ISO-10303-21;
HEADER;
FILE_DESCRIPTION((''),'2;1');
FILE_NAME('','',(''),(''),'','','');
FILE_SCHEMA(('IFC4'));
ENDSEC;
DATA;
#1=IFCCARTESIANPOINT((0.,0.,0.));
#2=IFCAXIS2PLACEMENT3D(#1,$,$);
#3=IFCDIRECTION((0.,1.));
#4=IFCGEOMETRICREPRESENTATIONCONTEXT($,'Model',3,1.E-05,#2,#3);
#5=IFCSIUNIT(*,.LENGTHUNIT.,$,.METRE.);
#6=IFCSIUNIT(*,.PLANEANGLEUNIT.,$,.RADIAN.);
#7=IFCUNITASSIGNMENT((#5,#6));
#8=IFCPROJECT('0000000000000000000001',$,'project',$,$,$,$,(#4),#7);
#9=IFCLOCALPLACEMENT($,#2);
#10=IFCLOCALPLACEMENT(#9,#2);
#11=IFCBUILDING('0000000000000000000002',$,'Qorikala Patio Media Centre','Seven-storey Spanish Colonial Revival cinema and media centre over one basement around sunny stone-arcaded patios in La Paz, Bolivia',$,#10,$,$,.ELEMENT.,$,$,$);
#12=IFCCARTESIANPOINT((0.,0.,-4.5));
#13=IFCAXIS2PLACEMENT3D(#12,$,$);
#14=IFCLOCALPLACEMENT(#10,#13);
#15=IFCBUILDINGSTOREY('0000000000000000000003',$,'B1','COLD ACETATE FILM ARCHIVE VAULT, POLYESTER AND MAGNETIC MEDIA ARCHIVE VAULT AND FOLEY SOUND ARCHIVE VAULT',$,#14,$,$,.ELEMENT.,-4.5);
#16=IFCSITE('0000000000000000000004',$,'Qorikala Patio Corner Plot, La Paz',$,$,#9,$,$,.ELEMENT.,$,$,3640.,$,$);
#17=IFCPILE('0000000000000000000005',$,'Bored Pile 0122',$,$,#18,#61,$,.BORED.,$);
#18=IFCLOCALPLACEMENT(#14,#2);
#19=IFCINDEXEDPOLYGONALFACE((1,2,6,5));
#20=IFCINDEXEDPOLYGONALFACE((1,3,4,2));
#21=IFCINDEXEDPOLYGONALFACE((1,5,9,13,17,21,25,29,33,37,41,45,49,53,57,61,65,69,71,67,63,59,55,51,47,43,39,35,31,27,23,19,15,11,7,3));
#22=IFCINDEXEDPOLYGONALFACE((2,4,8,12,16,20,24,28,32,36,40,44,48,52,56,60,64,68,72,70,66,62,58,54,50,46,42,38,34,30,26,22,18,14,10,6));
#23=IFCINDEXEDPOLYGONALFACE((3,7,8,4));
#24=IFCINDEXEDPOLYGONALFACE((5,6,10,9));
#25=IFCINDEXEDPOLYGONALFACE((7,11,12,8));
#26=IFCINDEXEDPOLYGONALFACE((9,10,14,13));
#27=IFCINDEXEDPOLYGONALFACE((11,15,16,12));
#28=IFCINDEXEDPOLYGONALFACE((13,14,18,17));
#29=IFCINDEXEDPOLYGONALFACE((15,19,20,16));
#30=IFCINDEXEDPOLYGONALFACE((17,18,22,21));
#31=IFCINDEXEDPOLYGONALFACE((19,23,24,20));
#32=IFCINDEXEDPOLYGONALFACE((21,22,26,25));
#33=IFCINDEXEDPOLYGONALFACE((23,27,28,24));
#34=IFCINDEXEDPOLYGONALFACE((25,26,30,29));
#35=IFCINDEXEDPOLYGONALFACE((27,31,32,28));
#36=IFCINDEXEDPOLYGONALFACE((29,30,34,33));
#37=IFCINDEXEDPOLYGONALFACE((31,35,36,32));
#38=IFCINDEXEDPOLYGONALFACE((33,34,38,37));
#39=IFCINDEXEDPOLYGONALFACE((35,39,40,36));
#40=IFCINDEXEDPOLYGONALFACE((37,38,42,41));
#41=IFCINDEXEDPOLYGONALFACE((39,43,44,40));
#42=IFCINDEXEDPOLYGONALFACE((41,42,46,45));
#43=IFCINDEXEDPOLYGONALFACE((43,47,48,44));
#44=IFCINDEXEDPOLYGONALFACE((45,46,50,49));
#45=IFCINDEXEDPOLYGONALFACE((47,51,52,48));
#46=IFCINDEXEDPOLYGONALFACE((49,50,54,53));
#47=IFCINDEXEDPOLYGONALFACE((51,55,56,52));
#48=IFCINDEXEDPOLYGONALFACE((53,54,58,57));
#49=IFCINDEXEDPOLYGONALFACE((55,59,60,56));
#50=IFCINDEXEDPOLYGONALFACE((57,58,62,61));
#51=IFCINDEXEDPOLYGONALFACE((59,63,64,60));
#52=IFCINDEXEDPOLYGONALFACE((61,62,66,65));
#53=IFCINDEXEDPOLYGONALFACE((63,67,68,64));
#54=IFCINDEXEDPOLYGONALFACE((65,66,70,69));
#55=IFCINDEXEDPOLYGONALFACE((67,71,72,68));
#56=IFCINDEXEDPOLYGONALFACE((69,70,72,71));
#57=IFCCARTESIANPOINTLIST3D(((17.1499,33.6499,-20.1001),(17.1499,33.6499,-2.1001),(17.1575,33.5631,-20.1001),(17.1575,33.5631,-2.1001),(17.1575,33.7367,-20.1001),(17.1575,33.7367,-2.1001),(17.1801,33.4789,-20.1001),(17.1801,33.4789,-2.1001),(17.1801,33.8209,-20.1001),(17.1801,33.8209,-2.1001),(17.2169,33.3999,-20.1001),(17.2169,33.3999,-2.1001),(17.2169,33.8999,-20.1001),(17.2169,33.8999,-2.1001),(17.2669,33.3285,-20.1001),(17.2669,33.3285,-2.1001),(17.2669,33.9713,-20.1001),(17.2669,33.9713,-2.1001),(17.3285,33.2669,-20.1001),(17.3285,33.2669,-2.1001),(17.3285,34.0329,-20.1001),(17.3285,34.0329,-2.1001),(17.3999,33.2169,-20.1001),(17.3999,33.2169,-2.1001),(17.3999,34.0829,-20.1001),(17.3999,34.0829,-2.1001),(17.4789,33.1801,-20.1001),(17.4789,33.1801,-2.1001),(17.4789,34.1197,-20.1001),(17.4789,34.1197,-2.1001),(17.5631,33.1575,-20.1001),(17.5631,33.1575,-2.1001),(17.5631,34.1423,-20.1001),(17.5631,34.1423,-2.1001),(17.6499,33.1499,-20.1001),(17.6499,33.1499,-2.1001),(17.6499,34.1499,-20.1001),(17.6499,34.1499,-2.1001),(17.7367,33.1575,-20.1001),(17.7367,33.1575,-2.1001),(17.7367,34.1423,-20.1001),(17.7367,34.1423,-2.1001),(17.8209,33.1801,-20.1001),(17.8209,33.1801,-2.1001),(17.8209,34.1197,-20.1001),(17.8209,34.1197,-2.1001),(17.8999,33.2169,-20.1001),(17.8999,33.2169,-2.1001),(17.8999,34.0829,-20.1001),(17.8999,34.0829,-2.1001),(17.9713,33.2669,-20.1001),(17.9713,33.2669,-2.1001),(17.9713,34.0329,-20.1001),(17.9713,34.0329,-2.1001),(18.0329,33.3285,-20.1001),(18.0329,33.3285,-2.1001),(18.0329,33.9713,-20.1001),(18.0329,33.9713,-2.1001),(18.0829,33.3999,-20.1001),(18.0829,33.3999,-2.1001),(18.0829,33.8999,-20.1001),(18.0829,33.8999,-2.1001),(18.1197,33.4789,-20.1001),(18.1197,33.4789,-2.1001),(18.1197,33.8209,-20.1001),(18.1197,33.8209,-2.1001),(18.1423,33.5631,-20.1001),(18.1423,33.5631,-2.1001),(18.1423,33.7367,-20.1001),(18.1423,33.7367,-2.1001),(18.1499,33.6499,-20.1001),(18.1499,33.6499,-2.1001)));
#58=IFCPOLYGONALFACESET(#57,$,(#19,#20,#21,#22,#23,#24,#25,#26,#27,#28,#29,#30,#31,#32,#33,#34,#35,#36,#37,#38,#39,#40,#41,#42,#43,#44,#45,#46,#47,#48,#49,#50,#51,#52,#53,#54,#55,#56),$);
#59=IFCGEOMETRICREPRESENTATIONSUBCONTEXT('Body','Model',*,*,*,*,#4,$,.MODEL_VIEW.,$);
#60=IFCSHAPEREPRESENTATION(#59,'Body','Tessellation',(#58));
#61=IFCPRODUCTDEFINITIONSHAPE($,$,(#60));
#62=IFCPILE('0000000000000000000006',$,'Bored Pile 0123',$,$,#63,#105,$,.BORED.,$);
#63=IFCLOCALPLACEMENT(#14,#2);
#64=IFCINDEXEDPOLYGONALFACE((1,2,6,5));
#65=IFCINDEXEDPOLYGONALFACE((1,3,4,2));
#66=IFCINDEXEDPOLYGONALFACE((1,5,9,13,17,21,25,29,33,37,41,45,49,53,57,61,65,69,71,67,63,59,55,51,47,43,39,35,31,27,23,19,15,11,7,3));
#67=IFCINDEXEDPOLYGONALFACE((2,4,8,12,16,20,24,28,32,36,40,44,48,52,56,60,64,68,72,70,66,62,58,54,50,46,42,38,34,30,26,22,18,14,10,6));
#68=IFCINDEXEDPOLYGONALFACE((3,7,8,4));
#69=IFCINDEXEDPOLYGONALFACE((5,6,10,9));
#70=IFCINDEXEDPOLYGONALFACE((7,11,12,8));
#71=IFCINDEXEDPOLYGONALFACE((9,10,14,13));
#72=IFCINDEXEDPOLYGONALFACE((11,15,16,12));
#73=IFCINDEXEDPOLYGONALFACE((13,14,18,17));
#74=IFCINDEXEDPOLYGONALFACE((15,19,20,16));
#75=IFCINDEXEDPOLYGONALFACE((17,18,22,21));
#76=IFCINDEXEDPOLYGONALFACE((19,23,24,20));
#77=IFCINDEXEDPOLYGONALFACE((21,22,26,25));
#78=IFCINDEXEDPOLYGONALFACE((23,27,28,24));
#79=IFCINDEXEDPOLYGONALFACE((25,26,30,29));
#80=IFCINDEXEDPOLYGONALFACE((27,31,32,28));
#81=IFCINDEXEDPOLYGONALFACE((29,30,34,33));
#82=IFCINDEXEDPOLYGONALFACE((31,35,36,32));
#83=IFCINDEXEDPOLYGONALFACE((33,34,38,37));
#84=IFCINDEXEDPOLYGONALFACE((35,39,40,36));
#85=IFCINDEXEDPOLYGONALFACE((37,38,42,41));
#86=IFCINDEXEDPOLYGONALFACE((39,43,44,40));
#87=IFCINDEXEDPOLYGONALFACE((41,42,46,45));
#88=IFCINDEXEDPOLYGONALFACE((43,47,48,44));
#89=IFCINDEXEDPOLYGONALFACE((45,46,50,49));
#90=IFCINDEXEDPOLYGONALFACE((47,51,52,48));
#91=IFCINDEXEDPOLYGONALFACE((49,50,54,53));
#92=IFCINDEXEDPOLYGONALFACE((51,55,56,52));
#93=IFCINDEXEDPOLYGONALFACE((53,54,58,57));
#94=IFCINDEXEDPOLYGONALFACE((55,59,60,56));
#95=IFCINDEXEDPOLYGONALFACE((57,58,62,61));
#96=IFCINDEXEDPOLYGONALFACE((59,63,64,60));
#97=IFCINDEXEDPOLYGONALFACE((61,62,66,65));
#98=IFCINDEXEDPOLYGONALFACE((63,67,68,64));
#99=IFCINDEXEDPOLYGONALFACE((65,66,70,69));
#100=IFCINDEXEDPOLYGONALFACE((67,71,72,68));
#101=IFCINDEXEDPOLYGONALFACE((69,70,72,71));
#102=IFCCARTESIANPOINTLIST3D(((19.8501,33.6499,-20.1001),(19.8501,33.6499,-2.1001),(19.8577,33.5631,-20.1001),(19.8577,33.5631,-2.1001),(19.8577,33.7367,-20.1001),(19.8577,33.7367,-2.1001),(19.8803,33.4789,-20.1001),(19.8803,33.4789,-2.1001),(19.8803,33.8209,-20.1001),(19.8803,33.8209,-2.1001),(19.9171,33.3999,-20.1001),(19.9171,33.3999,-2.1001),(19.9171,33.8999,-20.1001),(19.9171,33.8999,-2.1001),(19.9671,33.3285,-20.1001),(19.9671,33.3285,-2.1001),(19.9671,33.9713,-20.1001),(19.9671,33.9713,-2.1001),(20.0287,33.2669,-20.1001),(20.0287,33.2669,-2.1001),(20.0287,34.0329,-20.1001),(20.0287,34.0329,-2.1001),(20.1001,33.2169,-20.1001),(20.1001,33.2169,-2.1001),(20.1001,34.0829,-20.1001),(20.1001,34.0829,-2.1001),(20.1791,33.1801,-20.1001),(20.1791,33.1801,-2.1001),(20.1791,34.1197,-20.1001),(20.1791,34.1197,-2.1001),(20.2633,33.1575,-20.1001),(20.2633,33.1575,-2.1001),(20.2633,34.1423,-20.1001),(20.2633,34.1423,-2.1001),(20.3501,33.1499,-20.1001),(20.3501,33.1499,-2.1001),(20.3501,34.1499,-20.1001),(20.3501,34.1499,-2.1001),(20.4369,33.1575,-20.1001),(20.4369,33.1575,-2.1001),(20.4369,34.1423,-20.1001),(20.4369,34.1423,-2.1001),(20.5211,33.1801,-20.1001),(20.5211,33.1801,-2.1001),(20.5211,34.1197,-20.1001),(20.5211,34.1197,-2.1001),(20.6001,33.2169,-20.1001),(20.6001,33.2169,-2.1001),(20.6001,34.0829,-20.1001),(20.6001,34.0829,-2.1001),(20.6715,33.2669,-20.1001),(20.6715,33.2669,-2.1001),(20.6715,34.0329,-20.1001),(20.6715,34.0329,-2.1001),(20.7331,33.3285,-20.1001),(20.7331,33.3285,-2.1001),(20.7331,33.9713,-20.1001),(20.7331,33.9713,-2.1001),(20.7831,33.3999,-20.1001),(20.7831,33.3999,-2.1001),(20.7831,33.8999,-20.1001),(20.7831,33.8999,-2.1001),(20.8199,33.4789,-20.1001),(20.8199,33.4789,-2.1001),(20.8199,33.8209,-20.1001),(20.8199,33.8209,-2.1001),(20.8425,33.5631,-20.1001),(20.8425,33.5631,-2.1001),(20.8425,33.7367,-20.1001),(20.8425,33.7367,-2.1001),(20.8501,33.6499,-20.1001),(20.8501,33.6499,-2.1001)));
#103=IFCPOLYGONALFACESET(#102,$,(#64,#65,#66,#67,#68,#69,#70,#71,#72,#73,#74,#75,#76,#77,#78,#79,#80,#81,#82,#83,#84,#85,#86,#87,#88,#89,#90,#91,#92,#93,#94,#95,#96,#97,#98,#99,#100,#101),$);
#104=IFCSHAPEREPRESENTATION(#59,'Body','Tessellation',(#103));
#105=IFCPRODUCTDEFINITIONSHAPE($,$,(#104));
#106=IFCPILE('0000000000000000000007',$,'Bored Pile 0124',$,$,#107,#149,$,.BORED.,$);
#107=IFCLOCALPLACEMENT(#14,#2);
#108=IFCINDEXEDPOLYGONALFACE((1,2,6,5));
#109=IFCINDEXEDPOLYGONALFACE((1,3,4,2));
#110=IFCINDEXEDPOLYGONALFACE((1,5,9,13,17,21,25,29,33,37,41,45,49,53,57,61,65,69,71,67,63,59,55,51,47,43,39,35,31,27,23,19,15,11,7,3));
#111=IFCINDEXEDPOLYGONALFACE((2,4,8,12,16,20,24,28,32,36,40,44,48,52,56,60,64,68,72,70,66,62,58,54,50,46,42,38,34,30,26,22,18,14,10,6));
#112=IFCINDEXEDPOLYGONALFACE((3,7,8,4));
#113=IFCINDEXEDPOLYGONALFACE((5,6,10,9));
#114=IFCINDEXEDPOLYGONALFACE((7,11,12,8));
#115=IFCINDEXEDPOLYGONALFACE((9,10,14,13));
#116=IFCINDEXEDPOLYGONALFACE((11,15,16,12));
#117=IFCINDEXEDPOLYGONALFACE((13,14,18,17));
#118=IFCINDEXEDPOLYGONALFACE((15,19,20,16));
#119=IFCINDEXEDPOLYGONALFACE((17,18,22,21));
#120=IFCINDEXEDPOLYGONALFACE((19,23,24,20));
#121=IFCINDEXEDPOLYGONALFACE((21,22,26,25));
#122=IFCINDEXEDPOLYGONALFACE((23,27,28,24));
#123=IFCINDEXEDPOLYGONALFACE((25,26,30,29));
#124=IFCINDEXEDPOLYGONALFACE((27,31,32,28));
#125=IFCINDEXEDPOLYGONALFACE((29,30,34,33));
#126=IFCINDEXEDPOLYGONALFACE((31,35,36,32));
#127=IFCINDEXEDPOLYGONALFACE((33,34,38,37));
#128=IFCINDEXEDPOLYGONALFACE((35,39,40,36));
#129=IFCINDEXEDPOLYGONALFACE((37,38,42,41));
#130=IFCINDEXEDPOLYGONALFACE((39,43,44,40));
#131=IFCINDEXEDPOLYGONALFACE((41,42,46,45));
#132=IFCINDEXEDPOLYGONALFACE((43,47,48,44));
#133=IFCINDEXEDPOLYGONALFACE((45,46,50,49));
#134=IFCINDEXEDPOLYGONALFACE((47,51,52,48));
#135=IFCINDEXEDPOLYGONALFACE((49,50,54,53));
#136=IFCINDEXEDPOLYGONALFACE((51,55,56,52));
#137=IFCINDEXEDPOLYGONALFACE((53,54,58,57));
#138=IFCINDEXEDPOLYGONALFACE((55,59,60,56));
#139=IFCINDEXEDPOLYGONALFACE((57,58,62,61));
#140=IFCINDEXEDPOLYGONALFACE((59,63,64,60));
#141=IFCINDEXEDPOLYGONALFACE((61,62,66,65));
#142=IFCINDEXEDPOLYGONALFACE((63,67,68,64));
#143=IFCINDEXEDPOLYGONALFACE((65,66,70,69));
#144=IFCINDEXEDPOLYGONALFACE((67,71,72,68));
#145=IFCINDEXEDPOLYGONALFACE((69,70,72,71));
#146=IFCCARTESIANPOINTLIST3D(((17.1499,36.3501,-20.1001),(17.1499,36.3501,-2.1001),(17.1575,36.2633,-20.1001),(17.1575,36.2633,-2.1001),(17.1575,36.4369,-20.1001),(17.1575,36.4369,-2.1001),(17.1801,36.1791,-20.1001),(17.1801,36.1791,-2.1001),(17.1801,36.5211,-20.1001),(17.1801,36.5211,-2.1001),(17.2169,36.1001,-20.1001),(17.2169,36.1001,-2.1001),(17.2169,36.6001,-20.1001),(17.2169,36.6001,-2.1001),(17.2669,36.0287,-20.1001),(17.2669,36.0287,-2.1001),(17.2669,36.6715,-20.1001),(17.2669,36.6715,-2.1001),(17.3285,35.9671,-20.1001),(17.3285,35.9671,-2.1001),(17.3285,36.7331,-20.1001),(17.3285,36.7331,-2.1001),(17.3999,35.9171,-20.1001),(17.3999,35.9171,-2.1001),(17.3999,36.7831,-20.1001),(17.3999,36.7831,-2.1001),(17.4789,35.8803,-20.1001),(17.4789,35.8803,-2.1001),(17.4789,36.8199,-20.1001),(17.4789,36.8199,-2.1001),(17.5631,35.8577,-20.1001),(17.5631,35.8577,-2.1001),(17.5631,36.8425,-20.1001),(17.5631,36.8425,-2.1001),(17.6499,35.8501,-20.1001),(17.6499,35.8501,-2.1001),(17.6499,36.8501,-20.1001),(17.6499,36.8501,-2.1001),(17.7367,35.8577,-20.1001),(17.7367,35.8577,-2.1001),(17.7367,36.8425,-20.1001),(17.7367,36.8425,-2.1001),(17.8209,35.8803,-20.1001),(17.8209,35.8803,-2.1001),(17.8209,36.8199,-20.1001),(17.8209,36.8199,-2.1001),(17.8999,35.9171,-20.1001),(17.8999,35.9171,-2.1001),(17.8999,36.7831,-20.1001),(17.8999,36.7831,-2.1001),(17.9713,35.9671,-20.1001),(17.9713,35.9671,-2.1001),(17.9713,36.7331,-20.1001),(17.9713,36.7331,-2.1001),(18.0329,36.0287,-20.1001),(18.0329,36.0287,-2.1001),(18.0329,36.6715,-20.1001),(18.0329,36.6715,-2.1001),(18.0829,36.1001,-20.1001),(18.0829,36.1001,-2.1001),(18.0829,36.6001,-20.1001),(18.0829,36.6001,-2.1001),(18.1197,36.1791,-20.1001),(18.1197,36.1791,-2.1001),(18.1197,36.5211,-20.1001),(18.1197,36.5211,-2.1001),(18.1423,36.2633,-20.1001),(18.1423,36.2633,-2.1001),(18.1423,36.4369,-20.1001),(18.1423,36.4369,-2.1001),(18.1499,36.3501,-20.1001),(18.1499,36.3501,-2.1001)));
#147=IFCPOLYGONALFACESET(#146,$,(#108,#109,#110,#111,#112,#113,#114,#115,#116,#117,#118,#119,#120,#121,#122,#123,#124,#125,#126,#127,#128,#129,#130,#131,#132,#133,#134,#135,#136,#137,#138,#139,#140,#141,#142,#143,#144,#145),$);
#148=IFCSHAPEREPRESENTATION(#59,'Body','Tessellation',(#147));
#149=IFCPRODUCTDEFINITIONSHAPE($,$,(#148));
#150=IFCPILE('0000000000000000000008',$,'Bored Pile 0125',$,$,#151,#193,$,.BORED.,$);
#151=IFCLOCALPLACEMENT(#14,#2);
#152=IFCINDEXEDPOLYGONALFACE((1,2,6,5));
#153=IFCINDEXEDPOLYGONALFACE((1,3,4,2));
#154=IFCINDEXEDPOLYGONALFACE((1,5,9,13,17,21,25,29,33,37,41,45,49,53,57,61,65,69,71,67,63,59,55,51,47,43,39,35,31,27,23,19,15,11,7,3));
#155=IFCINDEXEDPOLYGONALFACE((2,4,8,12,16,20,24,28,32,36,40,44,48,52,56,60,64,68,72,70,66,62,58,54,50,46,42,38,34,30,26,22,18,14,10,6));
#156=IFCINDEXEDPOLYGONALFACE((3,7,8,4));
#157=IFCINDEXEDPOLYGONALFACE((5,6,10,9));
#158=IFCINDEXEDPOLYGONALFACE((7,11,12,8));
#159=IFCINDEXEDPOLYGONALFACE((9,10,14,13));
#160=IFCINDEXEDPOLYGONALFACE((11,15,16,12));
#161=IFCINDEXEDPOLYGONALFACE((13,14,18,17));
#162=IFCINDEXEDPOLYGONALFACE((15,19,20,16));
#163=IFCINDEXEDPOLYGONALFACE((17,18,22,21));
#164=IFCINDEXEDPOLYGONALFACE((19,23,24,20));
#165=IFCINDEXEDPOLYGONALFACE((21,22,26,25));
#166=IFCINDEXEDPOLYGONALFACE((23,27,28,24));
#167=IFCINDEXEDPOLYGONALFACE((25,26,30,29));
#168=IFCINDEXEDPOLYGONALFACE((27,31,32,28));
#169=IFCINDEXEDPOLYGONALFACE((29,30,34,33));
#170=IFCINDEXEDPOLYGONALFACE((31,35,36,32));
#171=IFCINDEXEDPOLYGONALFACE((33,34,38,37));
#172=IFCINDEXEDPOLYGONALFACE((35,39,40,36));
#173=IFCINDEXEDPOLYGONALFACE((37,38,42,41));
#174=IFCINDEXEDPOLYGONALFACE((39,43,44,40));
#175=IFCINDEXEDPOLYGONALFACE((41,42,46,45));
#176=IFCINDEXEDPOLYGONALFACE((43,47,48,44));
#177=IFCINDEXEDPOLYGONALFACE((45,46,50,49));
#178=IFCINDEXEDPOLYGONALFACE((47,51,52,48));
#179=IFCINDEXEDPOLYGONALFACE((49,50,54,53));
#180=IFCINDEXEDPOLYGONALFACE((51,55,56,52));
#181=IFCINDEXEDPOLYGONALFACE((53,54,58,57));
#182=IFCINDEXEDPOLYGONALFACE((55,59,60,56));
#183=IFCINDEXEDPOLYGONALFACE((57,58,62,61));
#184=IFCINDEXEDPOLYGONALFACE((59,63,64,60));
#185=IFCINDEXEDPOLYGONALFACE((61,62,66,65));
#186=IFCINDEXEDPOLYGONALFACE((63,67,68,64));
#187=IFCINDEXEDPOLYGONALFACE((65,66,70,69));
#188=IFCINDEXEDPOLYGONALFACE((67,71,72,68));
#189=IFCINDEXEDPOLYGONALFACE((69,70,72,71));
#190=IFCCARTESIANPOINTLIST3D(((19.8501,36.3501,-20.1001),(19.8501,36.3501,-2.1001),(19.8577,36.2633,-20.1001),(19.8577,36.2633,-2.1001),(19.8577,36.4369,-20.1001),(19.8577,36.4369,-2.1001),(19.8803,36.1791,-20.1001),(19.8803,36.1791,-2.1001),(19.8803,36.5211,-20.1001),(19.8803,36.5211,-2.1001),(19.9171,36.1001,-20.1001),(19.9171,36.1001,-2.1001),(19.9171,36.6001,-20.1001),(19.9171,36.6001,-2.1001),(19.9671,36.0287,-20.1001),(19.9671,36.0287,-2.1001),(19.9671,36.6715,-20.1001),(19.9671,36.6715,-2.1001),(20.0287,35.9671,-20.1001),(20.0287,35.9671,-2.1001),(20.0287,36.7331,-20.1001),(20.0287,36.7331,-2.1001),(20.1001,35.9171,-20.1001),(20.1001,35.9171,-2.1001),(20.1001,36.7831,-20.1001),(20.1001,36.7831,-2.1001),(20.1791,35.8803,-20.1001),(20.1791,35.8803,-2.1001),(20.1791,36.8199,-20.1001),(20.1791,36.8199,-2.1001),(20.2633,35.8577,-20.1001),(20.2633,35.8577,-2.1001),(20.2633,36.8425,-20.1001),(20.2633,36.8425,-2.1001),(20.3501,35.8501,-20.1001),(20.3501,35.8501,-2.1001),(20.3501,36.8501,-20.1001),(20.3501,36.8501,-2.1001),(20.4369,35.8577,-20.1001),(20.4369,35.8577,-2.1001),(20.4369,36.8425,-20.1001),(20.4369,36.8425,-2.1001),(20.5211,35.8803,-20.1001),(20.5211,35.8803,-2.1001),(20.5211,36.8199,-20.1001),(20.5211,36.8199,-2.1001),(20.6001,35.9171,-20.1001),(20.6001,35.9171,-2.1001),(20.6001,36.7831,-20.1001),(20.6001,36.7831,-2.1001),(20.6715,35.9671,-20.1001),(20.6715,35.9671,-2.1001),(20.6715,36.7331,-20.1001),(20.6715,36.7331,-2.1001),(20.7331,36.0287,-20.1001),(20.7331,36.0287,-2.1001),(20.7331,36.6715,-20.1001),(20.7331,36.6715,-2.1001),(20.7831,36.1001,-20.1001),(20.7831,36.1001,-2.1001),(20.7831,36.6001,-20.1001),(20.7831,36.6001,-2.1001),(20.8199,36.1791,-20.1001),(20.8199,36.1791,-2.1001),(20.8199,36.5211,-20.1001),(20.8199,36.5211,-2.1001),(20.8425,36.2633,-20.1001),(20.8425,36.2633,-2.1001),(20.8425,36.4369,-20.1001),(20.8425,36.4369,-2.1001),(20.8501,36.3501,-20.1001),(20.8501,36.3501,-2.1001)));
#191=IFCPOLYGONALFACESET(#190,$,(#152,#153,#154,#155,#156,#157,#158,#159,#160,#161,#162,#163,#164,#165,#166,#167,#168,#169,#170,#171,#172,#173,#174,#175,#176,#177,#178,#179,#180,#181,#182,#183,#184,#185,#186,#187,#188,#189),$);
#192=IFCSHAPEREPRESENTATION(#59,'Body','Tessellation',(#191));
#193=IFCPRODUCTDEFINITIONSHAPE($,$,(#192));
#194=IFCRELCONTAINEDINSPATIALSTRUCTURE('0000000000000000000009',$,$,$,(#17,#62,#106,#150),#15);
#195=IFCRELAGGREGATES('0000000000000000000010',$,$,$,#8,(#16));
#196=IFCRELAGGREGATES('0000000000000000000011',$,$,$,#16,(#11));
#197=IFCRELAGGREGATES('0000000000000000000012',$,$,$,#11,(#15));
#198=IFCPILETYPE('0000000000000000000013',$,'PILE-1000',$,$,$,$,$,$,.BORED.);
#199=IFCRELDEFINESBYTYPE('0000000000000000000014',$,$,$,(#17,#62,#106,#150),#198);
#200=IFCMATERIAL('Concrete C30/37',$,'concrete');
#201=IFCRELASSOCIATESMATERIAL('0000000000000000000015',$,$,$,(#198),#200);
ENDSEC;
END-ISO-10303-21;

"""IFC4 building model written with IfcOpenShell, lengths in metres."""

from ifc_helpers import new_model, si_unit, direction, frame, origin, origin_2d, place, context, subcontext, project, spatial, circle, extrude, material, material_profile, profile_set, type_object, element, save


model = new_model("IFC4")

# Units and contexts
model_context = context("Model", 3, precision=1e-05, world=origin(), true_north=direction((0.0, 1.0)))
body_context = subcontext(model_context, "Body", "Model", "MODEL_VIEW")
ifc_project = project(units=[si_unit("LENGTHUNIT", "METRE"), si_unit("PLANEANGLEUNIT", "RADIAN")], contexts=[model_context])

# Site, building, storey
site_placement = place(None, origin())
site = spatial("IfcSite", under=ifc_project, at=site_placement, Name="Qorikala Patio Corner Plot, La Paz", CompositionType="ELEMENT", RefElevation=3640.0)
building_placement = place(site_placement, origin())
building = spatial("IfcBuilding", under=site, at=building_placement, Name="Qorikala Patio Media Centre", Description="Seven-storey Spanish Colonial Revival cinema and media centre over one basement around sunny stone-arcaded patios in La Paz, Bolivia", CompositionType="ELEMENT")
storey_placement = place(building_placement, frame((0.0, 0.0, -4.5)))
storey = spatial("IfcBuildingStorey", under=building, at=storey_placement, Name="B1", Description="COLD ACETATE FILM ARCHIVE VAULT, POLYESTER AND MAGNETIC MEDIA ARCHIVE VAULT AND FOLEY SOUND ARCHIVE VAULT", CompositionType="ELEMENT", Elevation=-4.5)

# Shared definitions
ifc_material_1 = material(Name="Concrete C30/37", Category="concrete")

# Piles
ifc_material_profile_1 = material_profile(ifc_material_1, circle(Radius=0.5, at=origin_2d()), Name="BORED PILE 1000")
ifc_profile_set_1 = profile_set([ifc_material_profile_1], Name="Concrete C30/37")
pile_type_1 = type_object("IfcPileType", Name="PILE-1000", PredefinedType="BORED", material=ifc_profile_set_1)
for number, where, z_axis, x_axis, name in (
    (1, (17.6499, 33.6499, -2.1001), (0.0, 0.0, -1.0), (1.0, 0.0, 0.0), "Bored Pile 0122"),
    (2, (20.3501, 33.6499, -2.1001), (0.0, 0.0, -1.0), (1.0, 0.0, 0.0), "Bored Pile 0123"),
    (3, (17.6499, 36.3501, -2.1001), (0.0, 0.0, -1.0), (1.0, 0.0, 0.0), "Bored Pile 0124"),
    (4, (20.3501, 36.3501, -2.1001), (0.0, 0.0, -1.0), (1.0, 0.0, 0.0), "Bored Pile 0125"),
):
    element("IfcPile", number, at=place(storey_placement, frame(where, z_axis=z_axis, x_axis=x_axis)), inside=storey, type_object=pile_type_1, Name=name, PredefinedType="BORED", context=body_context, shape_type="SweptSolid", body=[
        extrude(circle(Radius=0.5, at=origin_2d()), origin(), (0.0, 0.0, 1.0), 18.0),
    ])

save(model, "model.ifc")
